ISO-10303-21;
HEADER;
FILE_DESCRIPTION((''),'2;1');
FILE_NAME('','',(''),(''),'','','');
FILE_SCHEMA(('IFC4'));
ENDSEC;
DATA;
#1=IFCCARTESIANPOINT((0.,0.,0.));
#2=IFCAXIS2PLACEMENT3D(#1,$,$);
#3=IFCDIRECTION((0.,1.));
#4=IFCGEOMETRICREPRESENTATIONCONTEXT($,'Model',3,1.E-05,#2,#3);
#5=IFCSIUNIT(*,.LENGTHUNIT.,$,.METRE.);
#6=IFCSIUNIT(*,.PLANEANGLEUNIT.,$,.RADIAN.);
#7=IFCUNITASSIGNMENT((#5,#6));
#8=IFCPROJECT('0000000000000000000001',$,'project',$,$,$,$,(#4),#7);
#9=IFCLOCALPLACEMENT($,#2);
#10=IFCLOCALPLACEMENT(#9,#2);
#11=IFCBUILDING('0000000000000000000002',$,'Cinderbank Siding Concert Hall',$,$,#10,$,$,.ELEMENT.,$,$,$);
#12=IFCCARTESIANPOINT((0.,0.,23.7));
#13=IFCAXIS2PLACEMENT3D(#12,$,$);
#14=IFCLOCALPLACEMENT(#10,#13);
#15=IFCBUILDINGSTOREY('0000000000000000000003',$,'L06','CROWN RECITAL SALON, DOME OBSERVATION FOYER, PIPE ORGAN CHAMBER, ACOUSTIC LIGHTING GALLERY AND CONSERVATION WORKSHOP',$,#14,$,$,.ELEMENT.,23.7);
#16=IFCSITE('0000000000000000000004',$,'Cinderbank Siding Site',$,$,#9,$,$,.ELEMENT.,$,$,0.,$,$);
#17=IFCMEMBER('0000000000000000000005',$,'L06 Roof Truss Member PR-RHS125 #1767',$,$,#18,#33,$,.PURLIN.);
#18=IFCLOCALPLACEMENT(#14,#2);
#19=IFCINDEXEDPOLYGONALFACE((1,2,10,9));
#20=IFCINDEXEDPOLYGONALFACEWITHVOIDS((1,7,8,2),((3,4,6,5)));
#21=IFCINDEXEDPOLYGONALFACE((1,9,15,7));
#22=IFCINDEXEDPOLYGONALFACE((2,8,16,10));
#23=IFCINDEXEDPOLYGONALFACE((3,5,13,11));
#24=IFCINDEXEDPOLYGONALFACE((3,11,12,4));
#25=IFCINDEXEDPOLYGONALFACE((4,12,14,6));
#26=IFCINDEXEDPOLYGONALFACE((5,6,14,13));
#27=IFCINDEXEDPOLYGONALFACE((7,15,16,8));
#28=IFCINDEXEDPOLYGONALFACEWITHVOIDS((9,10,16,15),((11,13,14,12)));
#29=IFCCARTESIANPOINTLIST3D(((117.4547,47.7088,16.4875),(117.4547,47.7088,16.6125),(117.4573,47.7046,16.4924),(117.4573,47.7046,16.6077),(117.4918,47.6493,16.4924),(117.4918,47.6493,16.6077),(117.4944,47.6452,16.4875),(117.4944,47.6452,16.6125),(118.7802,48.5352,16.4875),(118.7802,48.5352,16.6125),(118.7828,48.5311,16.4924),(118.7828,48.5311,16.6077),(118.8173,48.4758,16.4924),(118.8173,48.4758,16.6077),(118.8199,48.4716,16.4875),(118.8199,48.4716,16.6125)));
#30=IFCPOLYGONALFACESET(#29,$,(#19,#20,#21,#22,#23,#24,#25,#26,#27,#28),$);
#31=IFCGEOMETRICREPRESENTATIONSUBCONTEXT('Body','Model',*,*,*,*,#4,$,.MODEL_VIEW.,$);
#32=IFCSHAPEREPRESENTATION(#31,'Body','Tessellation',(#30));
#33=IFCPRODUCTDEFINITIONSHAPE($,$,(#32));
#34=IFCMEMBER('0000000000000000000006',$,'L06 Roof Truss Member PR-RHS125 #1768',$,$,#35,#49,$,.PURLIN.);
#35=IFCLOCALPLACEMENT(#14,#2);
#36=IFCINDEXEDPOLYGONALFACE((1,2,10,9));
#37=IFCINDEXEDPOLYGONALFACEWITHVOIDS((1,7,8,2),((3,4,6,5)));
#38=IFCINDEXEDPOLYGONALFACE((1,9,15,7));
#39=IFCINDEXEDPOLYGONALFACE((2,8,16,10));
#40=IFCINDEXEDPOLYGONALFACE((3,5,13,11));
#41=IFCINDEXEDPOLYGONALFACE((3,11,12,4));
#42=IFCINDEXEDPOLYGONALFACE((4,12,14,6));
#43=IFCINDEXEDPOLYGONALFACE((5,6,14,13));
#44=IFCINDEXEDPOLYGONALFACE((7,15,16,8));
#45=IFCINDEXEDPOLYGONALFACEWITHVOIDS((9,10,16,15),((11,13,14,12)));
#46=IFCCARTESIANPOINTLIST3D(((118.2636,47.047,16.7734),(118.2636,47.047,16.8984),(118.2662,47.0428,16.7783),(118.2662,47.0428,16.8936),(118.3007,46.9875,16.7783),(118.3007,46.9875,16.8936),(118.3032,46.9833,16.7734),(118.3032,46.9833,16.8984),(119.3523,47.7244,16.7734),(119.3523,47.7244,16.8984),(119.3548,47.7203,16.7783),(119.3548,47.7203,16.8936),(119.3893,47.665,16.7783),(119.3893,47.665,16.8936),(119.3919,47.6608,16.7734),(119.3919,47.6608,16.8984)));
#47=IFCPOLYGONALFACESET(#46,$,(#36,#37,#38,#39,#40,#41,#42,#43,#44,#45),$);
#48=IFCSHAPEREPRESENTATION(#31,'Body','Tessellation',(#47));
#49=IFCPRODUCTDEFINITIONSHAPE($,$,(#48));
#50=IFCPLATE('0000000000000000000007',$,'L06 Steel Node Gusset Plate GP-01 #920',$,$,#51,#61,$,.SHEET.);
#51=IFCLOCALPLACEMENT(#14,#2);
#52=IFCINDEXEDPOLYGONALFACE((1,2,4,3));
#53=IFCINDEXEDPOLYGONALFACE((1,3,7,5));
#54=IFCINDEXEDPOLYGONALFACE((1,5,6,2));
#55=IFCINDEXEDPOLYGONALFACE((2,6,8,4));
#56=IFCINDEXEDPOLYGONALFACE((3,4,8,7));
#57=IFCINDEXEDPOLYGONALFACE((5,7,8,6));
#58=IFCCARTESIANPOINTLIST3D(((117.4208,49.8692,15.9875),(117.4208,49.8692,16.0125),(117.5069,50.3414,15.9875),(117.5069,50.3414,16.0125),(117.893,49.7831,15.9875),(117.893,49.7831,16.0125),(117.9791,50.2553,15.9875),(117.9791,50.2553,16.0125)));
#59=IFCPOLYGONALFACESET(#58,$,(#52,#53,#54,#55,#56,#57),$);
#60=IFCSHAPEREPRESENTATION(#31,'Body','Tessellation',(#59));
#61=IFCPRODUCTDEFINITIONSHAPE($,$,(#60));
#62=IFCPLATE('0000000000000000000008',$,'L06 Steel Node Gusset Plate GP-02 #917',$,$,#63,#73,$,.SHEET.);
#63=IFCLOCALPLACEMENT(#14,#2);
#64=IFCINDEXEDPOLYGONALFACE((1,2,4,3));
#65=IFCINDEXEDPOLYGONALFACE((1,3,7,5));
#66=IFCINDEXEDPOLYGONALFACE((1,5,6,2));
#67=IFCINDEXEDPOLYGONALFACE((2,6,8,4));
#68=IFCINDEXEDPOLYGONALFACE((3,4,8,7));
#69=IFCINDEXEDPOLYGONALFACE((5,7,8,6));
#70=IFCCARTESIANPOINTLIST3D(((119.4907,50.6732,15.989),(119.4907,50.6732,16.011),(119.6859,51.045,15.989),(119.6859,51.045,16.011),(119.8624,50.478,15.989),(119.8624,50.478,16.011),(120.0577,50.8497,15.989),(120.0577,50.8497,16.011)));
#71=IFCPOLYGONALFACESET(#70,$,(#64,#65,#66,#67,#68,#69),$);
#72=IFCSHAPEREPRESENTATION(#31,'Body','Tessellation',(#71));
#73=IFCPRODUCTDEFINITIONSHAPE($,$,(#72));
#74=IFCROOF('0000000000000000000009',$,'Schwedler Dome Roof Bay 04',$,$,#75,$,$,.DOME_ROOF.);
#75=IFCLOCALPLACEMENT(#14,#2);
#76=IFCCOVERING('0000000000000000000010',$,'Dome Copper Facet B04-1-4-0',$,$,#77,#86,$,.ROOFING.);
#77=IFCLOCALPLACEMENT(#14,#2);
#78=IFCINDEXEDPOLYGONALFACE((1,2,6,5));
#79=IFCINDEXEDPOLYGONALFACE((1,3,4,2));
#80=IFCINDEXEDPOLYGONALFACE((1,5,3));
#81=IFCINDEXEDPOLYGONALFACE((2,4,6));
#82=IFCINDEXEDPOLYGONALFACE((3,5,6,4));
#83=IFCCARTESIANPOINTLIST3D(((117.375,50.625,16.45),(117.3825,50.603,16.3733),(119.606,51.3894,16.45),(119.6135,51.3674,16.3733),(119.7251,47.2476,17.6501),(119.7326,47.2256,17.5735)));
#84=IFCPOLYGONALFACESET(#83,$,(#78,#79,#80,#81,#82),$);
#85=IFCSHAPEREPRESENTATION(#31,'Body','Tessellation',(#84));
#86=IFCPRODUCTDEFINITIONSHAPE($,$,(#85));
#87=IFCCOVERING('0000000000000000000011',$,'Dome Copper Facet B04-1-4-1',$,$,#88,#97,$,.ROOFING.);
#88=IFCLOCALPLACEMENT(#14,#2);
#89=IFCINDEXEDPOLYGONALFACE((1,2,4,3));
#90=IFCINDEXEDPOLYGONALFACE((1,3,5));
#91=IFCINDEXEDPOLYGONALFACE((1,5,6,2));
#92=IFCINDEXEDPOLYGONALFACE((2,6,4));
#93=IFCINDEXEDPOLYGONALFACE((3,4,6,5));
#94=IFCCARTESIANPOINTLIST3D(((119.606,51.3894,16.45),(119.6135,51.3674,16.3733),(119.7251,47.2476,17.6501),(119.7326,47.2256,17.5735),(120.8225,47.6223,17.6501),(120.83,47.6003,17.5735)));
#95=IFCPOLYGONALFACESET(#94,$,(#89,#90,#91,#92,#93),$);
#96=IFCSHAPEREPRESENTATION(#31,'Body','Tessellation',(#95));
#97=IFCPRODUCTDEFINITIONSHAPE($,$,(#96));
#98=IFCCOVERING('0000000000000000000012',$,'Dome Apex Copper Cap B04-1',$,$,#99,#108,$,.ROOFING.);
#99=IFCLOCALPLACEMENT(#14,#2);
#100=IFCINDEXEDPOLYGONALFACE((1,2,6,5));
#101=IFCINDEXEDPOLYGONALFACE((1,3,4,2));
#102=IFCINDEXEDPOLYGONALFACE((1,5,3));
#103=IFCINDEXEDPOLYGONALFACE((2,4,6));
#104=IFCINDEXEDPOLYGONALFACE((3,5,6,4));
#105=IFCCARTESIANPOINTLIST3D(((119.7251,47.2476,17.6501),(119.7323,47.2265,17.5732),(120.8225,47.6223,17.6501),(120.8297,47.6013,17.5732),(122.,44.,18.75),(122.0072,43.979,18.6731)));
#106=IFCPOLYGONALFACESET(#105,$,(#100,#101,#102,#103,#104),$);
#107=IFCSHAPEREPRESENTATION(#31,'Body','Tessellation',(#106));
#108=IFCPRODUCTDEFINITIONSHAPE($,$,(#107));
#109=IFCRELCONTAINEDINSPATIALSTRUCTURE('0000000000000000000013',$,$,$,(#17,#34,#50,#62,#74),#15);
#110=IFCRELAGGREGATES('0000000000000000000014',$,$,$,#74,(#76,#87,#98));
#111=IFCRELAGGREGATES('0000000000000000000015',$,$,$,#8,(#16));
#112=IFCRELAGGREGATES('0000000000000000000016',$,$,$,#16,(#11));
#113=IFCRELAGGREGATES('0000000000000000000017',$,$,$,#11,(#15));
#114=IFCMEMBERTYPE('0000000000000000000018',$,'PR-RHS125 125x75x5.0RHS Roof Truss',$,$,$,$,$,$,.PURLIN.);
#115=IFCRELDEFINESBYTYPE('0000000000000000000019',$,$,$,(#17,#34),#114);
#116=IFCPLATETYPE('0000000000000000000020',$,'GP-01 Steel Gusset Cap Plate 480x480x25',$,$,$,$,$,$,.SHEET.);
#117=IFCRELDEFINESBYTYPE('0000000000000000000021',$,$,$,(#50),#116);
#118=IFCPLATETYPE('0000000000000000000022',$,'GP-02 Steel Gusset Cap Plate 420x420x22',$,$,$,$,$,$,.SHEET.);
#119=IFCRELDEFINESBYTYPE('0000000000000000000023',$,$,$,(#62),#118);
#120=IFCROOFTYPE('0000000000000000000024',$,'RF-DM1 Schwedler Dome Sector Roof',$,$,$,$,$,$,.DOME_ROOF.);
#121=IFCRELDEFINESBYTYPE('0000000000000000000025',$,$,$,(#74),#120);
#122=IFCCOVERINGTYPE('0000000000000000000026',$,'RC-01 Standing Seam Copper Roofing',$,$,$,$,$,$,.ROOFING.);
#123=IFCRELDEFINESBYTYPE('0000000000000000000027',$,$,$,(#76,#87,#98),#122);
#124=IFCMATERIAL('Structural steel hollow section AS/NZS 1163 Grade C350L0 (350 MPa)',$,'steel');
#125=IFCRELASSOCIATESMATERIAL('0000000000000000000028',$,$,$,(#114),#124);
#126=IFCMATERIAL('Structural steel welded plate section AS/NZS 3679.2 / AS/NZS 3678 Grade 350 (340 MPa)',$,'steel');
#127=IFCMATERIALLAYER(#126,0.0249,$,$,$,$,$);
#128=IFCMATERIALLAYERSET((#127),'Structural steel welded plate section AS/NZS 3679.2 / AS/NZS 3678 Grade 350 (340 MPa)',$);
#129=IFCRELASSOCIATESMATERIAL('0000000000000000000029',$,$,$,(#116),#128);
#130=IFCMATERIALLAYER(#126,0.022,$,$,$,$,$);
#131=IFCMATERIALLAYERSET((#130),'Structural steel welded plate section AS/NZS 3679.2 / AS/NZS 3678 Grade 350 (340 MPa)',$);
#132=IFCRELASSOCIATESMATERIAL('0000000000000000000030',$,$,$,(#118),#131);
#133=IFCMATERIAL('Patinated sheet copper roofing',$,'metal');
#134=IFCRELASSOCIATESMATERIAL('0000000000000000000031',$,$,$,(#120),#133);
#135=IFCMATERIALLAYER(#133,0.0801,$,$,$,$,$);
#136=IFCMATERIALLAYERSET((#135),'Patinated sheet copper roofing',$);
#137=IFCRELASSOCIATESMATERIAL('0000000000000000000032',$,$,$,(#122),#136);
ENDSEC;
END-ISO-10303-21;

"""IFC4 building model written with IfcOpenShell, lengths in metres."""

from ifc_helpers import new_model, si_unit, direction, frame, origin, origin_2d, place, context, subcontext, project, spatial, polyline, rectangle, hollow_rectangle, outline, extrude, material, layer, layer_set, material_profile, profile_set, type_object, element, aggregate, save


model = new_model("IFC4")

# Units and contexts
model_context = context("Model", 3, precision=1e-05, world=origin(), true_north=direction((0.0, 1.0)))
body_context = subcontext(model_context, "Body", "Model", "MODEL_VIEW")
ifc_project = project(units=[si_unit("LENGTHUNIT", "METRE"), si_unit("PLANEANGLEUNIT", "RADIAN")], contexts=[model_context])

# Site, building, storey
site_placement = place(None, origin())
site = spatial("IfcSite", under=ifc_project, at=site_placement, Name="Cinderbank Siding Site", CompositionType="ELEMENT", RefElevation=0.0)
building_placement = place(site_placement, origin())
building = spatial("IfcBuilding", under=site, at=building_placement, Name="Cinderbank Siding Concert Hall", CompositionType="ELEMENT")
storey_placement = place(building_placement, frame((0.0, 0.0, 23.7)))
storey = spatial("IfcBuildingStorey", under=building, at=storey_placement, Name="L06", Description="CROWN RECITAL SALON, DOME OBSERVATION FOYER, PIPE ORGAN CHAMBER, ACOUSTIC LIGHTING GALLERY AND CONSERVATION WORKSHOP", CompositionType="ELEMENT", Elevation=23.7)

# Members
ifc_material_1 = material(Name="Structural steel hollow section AS/NZS 1163 Grade C350L0 (350 MPa)", Category="steel")
ifc_material_profile_1 = material_profile(ifc_material_1, hollow_rectangle(XDim=0.075, YDim=0.125, WallThickness=0.0049, at=origin_2d()), Name="125x75x5.0RHS", Category="LoadBearing")
ifc_profile_set_1 = profile_set([ifc_material_profile_1], Name="Structural steel hollow section AS/NZS 1163 Grade C350L0 (350 MPa)")
member_type_1 = type_object("IfcMemberType", Name="PR-RHS125 125x75x5.0RHS Roof Truss", PredefinedType="PURLIN", material=ifc_profile_set_1)
member_1_placement = place(storey_placement, frame((118.8, 48.5034, 16.55), z_axis=(-0.848569, -0.529085, 0.0), x_axis=(0.529085, -0.848569, 0.0)))
element("IfcMember", 1, at=member_1_placement, inside=storey, type_object=member_type_1, Name="L06 Roof Truss Member PR-RHS125 #1767", PredefinedType="PURLIN", context=body_context, shape_type="SweptSolid", body=[
    extrude(hollow_rectangle(XDim=0.075, YDim=0.125, WallThickness=0.0049, at=origin_2d()), origin(), (0.0, 0.0, 1.0), 1.562),
])
member_2_placement = place(storey_placement, frame((119.3721, 47.6926, 16.8359), z_axis=(-0.849013, -0.528372, 0.0), x_axis=(0.528372, -0.849013, 0.0)))
element("IfcMember", 2, at=member_2_placement, inside=storey, type_object=member_type_1, Name="L06 Roof Truss Member PR-RHS125 #1768", PredefinedType="PURLIN", context=body_context, shape_type="SweptSolid", body=[
    extrude(hollow_rectangle(XDim=0.075, YDim=0.125, WallThickness=0.0049, at=origin_2d()), origin(), (0.0, 0.0, 1.0), 1.2822),
])

# Plates
ifc_material_2 = material(Name="Structural steel welded plate section AS/NZS 3679.2 / AS/NZS 3678 Grade 350 (340 MPa)", Category="steel")
ifc_layer_1 = layer(ifc_material_2, 0.0249)
ifc_layer_set_1 = layer_set([ifc_layer_1], Name="Structural steel welded plate section AS/NZS 3679.2 / AS/NZS 3678 Grade 350 (340 MPa)")
plate_type_1 = type_object("IfcPlateType", Name="GP-01 Steel Gusset Cap Plate 480x480x25", PredefinedType="SHEET", material=ifc_layer_set_1)
plate_1_placement = place(storey_placement, frame((117.7, 50.0623, 15.9875), z_axis=(0.0, 0.0, 1.0), x_axis=(-0.179317, -0.983791, 0.0)))
element("IfcPlate", 3, at=plate_1_placement, inside=storey, type_object=plate_type_1, Name="L06 Steel Node Gusset Plate GP-01 #920", PredefinedType="SHEET", context=body_context, shape_type="SweptSolid", body=[
    extrude(rectangle(XDim=0.48, YDim=0.48, at=origin_2d()), origin(), (0.0, 0.0, 1.0), 0.0249),
])
ifc_layer_2 = layer(ifc_material_2, 0.022)
ifc_layer_set_2 = layer_set([ifc_layer_2], Name="Structural steel welded plate section AS/NZS 3679.2 / AS/NZS 3678 Grade 350 (340 MPa)")
plate_type_2 = type_object("IfcPlateType", Name="GP-02 Steel Gusset Cap Plate 420x420x22", PredefinedType="SHEET", material=ifc_layer_set_2)
plate_2_placement = place(storey_placement, frame((119.7742, 50.7615, 15.989), z_axis=(0.0, 0.0, 1.0), x_axis=(-0.464997, -0.885312, 0.0)))
element("IfcPlate", 4, at=plate_2_placement, inside=storey, type_object=plate_type_2, Name="L06 Steel Node Gusset Plate GP-02 #917", PredefinedType="SHEET", context=body_context, shape_type="SweptSolid", body=[
    extrude(rectangle(XDim=0.4199, YDim=0.4199, at=origin_2d()), origin(), (0.0, 0.0, 1.0), 0.022),
])

# Roof, coverings
ifc_material_3 = material(Name="Patinated sheet copper roofing", Category="metal")
roof_type = type_object("IfcRoofType", Name="RF-DM1 Schwedler Dome Sector Roof", PredefinedType="DOME_ROOF", material=ifc_material_3)
roof_placement = place(storey_placement, origin())
roof = element("IfcRoof", 5, at=roof_placement, inside=storey, type_object=roof_type, Name="Schwedler Dome Roof Bay 04", PredefinedType="DOME_ROOF")
ifc_layer_3 = layer(ifc_material_3, 0.0801)
ifc_layer_set_3 = layer_set([ifc_layer_3], Name="Patinated sheet copper roofing")
covering_type = type_object("IfcCoveringType", Name="RC-01 Standing Seam Copper Roofing", PredefinedType="ROOFING", material=ifc_layer_set_3)
covering_1_placement = place(storey_placement, frame((119.606, 51.3894, 16.45), z_axis=(-0.094085, 0.274591, 0.956947), x_axis=(-0.94601, -0.324136, 0.0)))
covering_1 = element("IfcCovering", 6, at=covering_1_placement, type_object=covering_type, Name="Dome Copper Facet B04-1-4-0", PredefinedType="ROOFING", context=body_context, shape_type="SweptSolid", body=[
    extrude(outline(polyline([(0.0, 0.0), (2.3583, 0.0), (1.2298, 4.1349), (0.0, 0.0)])), origin(), (0.0, 0.0, -1.0), 0.0801),
])
covering_2_placement = place(storey_placement, frame((119.606, 51.3894, 16.45), z_axis=(-0.093776, 0.274607, 0.956973), x_axis=(0.027618, -0.960121, 0.278217)))
covering_2 = element("IfcCovering", 7, at=covering_2_placement, type_object=covering_type, Name="Dome Copper Facet B04-1-4-1", PredefinedType="ROOFING", context=body_context, shape_type="SweptSolid", body=[
    extrude(outline(polyline([(0.0, 0.0), (4.3139, 0.0), (3.9844, 1.1118), (0.0, 0.0)])), origin(), (0.0, 0.0, -1.0), 0.0801),
])
covering_3_placement = place(storey_placement, frame((120.8225, 47.6223, 17.6501), z_axis=(-0.089664, 0.262565, 0.960739), x_axis=(-0.946342, -0.323167, 0.0)))
covering_3 = element("IfcCovering", 8, at=covering_3_placement, type_object=covering_type, Name="Dome Apex Copper Cap B04-1", PredefinedType="ROOFING", context=body_context, shape_type="SweptSolid", body=[
    extrude(outline(polyline([(0.0, 0.0), (1.1596, 0.0), (0.0563, 3.9641), (0.0, 0.0)])), origin(), (0.0, 0.0, -1.0), 0.0801),
])
aggregate(roof, [covering_1, covering_2, covering_3])

save(model, "model.ifc")
